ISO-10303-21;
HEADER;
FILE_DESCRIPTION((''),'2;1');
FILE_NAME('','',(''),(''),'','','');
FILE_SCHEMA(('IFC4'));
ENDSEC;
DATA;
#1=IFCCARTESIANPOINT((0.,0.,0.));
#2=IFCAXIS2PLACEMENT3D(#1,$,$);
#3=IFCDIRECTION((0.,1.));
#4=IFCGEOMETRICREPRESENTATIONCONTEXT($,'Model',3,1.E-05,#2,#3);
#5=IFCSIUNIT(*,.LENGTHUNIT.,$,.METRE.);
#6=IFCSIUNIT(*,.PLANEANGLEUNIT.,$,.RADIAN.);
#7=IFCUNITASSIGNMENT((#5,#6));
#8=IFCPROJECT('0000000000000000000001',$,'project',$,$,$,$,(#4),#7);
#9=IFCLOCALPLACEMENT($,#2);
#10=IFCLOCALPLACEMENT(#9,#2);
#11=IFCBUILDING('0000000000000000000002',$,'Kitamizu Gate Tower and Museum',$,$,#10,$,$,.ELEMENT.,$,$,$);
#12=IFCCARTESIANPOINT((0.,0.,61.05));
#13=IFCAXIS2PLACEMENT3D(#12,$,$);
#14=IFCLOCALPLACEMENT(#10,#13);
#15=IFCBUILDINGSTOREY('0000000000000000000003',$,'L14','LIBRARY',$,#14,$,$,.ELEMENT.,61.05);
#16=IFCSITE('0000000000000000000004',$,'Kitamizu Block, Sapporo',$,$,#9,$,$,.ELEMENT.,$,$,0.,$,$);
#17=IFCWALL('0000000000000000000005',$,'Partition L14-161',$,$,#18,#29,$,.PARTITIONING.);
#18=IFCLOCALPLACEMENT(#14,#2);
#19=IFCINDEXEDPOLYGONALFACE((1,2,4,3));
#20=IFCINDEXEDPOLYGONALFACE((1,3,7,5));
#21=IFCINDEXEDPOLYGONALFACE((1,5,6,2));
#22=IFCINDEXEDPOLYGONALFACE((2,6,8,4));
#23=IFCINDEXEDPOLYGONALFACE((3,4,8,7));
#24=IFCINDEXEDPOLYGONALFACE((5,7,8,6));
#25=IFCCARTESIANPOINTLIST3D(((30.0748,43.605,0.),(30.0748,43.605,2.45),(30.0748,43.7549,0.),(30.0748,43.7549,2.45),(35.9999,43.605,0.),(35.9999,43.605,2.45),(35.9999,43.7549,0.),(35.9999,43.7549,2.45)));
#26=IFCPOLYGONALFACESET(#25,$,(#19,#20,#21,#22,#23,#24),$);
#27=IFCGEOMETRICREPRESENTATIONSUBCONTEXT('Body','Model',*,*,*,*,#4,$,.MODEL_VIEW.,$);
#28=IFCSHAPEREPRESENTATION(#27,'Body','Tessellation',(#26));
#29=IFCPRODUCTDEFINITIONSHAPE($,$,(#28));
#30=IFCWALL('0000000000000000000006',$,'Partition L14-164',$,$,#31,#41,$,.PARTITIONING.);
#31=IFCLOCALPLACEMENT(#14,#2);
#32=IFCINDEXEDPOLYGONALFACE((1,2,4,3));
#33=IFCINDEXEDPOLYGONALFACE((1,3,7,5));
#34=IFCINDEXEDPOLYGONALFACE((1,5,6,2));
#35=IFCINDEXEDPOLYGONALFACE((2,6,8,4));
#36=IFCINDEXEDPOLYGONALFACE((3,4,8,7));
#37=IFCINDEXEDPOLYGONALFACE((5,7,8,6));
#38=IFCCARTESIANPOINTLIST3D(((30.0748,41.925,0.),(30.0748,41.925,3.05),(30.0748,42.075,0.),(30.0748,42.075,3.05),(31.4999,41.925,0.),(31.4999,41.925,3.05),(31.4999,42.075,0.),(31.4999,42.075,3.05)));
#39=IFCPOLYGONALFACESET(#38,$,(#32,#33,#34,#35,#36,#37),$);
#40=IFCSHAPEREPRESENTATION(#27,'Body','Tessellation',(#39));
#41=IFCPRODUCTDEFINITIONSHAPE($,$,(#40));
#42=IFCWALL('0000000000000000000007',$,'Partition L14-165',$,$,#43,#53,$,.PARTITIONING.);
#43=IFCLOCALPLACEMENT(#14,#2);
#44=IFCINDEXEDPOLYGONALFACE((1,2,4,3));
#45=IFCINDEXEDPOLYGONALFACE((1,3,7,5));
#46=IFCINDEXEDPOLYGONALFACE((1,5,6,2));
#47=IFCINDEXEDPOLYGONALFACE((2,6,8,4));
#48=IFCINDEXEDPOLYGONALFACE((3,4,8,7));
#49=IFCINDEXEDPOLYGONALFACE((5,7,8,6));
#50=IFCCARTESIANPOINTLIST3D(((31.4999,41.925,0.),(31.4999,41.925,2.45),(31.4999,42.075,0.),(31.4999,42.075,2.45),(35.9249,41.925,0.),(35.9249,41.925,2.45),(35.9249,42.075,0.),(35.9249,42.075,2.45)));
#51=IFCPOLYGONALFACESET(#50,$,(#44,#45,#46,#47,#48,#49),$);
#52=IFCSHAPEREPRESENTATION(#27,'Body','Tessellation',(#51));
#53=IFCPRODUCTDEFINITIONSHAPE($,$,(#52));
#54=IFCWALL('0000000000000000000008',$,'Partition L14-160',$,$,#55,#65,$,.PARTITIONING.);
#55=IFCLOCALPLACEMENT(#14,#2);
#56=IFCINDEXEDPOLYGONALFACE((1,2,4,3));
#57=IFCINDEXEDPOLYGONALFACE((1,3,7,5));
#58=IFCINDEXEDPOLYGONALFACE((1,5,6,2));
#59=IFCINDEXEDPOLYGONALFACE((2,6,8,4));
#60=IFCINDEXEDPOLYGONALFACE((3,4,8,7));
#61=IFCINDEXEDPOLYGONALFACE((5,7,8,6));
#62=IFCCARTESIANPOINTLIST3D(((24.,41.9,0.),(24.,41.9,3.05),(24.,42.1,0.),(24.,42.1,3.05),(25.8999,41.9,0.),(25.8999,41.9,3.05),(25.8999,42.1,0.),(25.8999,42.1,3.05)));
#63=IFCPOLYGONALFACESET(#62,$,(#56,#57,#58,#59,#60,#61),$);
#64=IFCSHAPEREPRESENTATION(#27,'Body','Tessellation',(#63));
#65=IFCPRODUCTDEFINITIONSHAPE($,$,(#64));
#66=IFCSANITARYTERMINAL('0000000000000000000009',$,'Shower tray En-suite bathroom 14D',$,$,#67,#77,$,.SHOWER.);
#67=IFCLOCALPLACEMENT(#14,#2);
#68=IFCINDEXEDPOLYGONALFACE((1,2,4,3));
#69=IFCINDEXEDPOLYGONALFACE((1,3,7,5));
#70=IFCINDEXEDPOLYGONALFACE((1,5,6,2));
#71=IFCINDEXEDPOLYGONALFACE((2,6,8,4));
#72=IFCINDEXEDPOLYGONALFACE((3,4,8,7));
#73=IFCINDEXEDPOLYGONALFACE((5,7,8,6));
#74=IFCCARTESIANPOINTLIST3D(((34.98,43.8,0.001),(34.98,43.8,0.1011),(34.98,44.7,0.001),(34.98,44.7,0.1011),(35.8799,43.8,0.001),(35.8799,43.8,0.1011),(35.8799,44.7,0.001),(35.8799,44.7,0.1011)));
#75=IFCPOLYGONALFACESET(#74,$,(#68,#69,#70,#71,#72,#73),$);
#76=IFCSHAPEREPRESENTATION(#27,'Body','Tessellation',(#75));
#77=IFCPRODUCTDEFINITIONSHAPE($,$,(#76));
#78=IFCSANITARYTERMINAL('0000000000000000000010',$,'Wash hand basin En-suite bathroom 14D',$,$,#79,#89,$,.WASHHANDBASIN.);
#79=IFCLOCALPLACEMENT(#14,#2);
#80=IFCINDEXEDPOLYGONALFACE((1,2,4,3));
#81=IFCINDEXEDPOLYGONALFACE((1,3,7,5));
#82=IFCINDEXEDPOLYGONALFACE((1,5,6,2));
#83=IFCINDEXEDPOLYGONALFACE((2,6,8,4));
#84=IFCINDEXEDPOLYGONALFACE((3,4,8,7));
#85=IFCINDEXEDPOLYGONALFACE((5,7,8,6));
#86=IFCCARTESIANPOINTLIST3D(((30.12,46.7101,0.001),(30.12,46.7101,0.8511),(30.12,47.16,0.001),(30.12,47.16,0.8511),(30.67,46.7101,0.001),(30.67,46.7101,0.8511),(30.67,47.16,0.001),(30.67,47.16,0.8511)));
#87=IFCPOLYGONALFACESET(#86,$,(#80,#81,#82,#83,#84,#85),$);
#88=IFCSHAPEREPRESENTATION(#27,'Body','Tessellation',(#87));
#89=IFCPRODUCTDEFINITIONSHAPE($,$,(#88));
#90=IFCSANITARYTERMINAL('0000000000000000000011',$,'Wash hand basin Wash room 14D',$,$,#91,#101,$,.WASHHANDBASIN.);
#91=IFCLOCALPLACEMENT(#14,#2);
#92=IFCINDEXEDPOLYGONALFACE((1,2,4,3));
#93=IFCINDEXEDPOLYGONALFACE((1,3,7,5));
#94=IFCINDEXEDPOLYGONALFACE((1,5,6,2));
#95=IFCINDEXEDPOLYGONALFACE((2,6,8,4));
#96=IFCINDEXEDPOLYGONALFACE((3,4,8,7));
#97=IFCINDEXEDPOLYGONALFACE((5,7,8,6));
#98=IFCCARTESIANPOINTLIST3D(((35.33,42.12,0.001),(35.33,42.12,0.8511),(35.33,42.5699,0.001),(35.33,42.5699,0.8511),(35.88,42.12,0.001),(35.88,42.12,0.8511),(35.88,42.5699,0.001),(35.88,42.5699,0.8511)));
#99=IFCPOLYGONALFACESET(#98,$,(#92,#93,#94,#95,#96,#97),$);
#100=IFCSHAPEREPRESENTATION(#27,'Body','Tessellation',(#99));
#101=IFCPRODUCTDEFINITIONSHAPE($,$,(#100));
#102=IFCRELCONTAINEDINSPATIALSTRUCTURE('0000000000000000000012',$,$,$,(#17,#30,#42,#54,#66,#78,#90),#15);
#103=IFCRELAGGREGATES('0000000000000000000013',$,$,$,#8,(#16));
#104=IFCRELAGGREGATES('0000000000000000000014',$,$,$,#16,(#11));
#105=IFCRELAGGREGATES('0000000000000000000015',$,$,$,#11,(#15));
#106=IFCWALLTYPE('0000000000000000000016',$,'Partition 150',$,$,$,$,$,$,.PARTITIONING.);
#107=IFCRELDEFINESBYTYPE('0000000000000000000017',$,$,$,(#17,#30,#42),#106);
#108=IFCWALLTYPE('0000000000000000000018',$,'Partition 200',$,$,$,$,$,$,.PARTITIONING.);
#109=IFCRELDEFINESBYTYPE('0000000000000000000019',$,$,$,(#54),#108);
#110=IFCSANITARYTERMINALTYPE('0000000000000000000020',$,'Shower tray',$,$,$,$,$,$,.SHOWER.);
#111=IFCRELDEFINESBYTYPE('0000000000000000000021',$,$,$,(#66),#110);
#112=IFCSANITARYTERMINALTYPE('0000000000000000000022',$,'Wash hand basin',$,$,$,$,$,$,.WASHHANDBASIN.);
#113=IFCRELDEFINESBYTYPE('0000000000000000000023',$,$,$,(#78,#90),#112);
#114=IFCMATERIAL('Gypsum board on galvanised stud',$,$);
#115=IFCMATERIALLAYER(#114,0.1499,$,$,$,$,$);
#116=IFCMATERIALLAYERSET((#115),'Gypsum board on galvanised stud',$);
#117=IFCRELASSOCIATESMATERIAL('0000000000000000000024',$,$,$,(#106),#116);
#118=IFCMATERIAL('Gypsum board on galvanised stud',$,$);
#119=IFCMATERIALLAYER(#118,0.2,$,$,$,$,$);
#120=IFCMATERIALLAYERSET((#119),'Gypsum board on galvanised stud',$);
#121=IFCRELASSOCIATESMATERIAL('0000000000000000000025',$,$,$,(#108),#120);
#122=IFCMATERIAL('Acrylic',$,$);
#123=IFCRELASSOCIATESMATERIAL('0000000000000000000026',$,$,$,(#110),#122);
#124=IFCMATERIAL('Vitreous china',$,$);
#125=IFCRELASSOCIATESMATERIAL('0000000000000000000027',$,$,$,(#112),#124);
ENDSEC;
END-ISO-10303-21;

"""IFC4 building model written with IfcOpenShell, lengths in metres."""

from ifc_helpers import new_model, si_unit, direction, frame, frame_2d, origin, origin_2d, place, context, subcontext, project, spatial, rectangle, extrude, material, layer, layer_set, type_object, element, save


model = new_model("IFC4")

# Units and contexts
model_context = context("Model", 3, precision=1e-05, world=origin(), true_north=direction((0.0, 1.0)))
body_context = subcontext(model_context, "Body", "Model", "MODEL_VIEW")
ifc_project = project(units=[si_unit("LENGTHUNIT", "METRE"), si_unit("PLANEANGLEUNIT", "RADIAN")], contexts=[model_context])

# Site, building, storey
site_placement = place(None, origin())
site = spatial("IfcSite", under=ifc_project, at=site_placement, Name="Kitamizu Block, Sapporo", CompositionType="ELEMENT", RefElevation=0.0)
building_placement = place(site_placement, origin())
building = spatial("IfcBuilding", under=site, at=building_placement, Name="Kitamizu Gate Tower and Museum", CompositionType="ELEMENT")
storey_placement = place(building_placement, frame((0.0, 0.0, 61.05)))
storey = spatial("IfcBuildingStorey", under=building, at=storey_placement, Name="L14", Description="LIBRARY", CompositionType="ELEMENT", Elevation=61.05)

# Shared definitions
ifc_material_1 = material(Name="Gypsum board on galvanised stud")
ifc_layer_1 = layer(ifc_material_1, 0.1499)
ifc_layer_set_1 = layer_set([ifc_layer_1], Name="Gypsum board on galvanised stud")
wall_type_1 = type_object("IfcWallType", Name="Partition 150", PredefinedType="PARTITIONING", material=ifc_layer_set_1)

# Walls
wall_1_placement = place(storey_placement, frame((30.075, 43.6799, 0.0), z_axis=(0.0, 0.0, 1.0), x_axis=(1.0, 0.0, 0.0)))
element("IfcWall", 1, at=wall_1_placement, inside=storey, type_object=wall_type_1, Name="Partition L14-161", PredefinedType="PARTITIONING", context=body_context, shape_type="SweptSolid", body=[
    extrude(rectangle(XDim=5.925, YDim=0.1499, at=frame_2d((2.9624, 0.0))), origin(), (0.0, 0.0, 1.0), 2.45),
])
wall_2_placement = place(storey_placement, frame((30.075, 42.0, 0.0), z_axis=(0.0, 0.0, 1.0), x_axis=(1.0, 0.0, 0.0)))
element("IfcWall", 2, at=wall_2_placement, inside=storey, type_object=wall_type_1, Name="Partition L14-164", PredefinedType="PARTITIONING", context=body_context, shape_type="SweptSolid", body=[
    extrude(rectangle(XDim=1.425, YDim=0.1499, at=frame_2d((0.7124, 0.0))), origin(), (0.0, 0.0, 1.0), 3.05),
])
wall_3_placement = place(storey_placement, frame((31.5, 42.0, 0.0), z_axis=(0.0, 0.0, 1.0), x_axis=(1.0, 0.0, 0.0)))
element("IfcWall", 3, at=wall_3_placement, inside=storey, type_object=wall_type_1, Name="Partition L14-165", PredefinedType="PARTITIONING", context=body_context, shape_type="SweptSolid", body=[
    extrude(rectangle(XDim=4.425, YDim=0.1499, at=frame_2d((2.2124, 0.0))), origin(), (0.0, 0.0, 1.0), 2.45),
])
ifc_material_2 = material(Name="Gypsum board on galvanised stud")
ifc_layer_2 = layer(ifc_material_2, 0.2)
ifc_layer_set_2 = layer_set([ifc_layer_2], Name="Gypsum board on galvanised stud")
wall_type_2 = type_object("IfcWallType", Name="Partition 200", PredefinedType="PARTITIONING", material=ifc_layer_set_2)
wall_4_placement = place(storey_placement, frame((24.0, 42.0, 0.0), z_axis=(0.0, 0.0, 1.0), x_axis=(1.0, 0.0, 0.0)))
element("IfcWall", 4, at=wall_4_placement, inside=storey, type_object=wall_type_2, Name="Partition L14-160", PredefinedType="PARTITIONING", context=body_context, shape_type="SweptSolid", body=[
    extrude(rectangle(XDim=1.8999, YDim=0.2, at=frame_2d((0.95, 0.0))), origin(), (0.0, 0.0, 1.0), 3.05),
])

# Sanitary terminals
ifc_material_3 = material(Name="Acrylic")
sanitary_terminal_type_1 = type_object("IfcSanitaryTerminalType", Name="Shower tray", PredefinedType="SHOWER", material=ifc_material_3)
sanitary_terminal_placement = place(storey_placement, frame((35.4299, 44.25, 0.001), z_axis=(0.0, 0.0, 1.0), x_axis=(1.0, 0.0, 0.0)))
element("IfcSanitaryTerminal", 5, at=sanitary_terminal_placement, inside=storey, type_object=sanitary_terminal_type_1, Name="Shower tray En-suite bathroom 14D", PredefinedType="SHOWER", context=body_context, shape_type="SweptSolid", body=[
    extrude(rectangle(XDim=0.8999, YDim=0.8999, at=origin_2d()), origin(), (0.0, 0.0, 1.0), 0.1001),
])
ifc_material_4 = material(Name="Vitreous china")
sanitary_terminal_type_2 = type_object("IfcSanitaryTerminalType", Name="Wash hand basin", PredefinedType="WASHHANDBASIN", material=ifc_material_4)
for number, where, z_axis, x_axis, name in (
    (6, (30.395, 46.9351, 0.001), (0.0, 0.0, 1.0), (1.0, 0.0, 0.0), "Wash hand basin En-suite bathroom 14D"),
    (7, (35.605, 42.345, 0.001), (0.0, 0.0, 1.0), (1.0, 0.0, 0.0), "Wash hand basin Wash room 14D"),
):
    element("IfcSanitaryTerminal", number, at=place(storey_placement, frame(where, z_axis=z_axis, x_axis=x_axis)), inside=storey, type_object=sanitary_terminal_type_2, Name=name, PredefinedType="WASHHANDBASIN", context=body_context, shape_type="SweptSolid", body=[
        extrude(rectangle(XDim=0.55, YDim=0.45, at=origin_2d()), origin(), (0.0, 0.0, 1.0), 0.8501),
    ])

save(model, "model.ifc")
